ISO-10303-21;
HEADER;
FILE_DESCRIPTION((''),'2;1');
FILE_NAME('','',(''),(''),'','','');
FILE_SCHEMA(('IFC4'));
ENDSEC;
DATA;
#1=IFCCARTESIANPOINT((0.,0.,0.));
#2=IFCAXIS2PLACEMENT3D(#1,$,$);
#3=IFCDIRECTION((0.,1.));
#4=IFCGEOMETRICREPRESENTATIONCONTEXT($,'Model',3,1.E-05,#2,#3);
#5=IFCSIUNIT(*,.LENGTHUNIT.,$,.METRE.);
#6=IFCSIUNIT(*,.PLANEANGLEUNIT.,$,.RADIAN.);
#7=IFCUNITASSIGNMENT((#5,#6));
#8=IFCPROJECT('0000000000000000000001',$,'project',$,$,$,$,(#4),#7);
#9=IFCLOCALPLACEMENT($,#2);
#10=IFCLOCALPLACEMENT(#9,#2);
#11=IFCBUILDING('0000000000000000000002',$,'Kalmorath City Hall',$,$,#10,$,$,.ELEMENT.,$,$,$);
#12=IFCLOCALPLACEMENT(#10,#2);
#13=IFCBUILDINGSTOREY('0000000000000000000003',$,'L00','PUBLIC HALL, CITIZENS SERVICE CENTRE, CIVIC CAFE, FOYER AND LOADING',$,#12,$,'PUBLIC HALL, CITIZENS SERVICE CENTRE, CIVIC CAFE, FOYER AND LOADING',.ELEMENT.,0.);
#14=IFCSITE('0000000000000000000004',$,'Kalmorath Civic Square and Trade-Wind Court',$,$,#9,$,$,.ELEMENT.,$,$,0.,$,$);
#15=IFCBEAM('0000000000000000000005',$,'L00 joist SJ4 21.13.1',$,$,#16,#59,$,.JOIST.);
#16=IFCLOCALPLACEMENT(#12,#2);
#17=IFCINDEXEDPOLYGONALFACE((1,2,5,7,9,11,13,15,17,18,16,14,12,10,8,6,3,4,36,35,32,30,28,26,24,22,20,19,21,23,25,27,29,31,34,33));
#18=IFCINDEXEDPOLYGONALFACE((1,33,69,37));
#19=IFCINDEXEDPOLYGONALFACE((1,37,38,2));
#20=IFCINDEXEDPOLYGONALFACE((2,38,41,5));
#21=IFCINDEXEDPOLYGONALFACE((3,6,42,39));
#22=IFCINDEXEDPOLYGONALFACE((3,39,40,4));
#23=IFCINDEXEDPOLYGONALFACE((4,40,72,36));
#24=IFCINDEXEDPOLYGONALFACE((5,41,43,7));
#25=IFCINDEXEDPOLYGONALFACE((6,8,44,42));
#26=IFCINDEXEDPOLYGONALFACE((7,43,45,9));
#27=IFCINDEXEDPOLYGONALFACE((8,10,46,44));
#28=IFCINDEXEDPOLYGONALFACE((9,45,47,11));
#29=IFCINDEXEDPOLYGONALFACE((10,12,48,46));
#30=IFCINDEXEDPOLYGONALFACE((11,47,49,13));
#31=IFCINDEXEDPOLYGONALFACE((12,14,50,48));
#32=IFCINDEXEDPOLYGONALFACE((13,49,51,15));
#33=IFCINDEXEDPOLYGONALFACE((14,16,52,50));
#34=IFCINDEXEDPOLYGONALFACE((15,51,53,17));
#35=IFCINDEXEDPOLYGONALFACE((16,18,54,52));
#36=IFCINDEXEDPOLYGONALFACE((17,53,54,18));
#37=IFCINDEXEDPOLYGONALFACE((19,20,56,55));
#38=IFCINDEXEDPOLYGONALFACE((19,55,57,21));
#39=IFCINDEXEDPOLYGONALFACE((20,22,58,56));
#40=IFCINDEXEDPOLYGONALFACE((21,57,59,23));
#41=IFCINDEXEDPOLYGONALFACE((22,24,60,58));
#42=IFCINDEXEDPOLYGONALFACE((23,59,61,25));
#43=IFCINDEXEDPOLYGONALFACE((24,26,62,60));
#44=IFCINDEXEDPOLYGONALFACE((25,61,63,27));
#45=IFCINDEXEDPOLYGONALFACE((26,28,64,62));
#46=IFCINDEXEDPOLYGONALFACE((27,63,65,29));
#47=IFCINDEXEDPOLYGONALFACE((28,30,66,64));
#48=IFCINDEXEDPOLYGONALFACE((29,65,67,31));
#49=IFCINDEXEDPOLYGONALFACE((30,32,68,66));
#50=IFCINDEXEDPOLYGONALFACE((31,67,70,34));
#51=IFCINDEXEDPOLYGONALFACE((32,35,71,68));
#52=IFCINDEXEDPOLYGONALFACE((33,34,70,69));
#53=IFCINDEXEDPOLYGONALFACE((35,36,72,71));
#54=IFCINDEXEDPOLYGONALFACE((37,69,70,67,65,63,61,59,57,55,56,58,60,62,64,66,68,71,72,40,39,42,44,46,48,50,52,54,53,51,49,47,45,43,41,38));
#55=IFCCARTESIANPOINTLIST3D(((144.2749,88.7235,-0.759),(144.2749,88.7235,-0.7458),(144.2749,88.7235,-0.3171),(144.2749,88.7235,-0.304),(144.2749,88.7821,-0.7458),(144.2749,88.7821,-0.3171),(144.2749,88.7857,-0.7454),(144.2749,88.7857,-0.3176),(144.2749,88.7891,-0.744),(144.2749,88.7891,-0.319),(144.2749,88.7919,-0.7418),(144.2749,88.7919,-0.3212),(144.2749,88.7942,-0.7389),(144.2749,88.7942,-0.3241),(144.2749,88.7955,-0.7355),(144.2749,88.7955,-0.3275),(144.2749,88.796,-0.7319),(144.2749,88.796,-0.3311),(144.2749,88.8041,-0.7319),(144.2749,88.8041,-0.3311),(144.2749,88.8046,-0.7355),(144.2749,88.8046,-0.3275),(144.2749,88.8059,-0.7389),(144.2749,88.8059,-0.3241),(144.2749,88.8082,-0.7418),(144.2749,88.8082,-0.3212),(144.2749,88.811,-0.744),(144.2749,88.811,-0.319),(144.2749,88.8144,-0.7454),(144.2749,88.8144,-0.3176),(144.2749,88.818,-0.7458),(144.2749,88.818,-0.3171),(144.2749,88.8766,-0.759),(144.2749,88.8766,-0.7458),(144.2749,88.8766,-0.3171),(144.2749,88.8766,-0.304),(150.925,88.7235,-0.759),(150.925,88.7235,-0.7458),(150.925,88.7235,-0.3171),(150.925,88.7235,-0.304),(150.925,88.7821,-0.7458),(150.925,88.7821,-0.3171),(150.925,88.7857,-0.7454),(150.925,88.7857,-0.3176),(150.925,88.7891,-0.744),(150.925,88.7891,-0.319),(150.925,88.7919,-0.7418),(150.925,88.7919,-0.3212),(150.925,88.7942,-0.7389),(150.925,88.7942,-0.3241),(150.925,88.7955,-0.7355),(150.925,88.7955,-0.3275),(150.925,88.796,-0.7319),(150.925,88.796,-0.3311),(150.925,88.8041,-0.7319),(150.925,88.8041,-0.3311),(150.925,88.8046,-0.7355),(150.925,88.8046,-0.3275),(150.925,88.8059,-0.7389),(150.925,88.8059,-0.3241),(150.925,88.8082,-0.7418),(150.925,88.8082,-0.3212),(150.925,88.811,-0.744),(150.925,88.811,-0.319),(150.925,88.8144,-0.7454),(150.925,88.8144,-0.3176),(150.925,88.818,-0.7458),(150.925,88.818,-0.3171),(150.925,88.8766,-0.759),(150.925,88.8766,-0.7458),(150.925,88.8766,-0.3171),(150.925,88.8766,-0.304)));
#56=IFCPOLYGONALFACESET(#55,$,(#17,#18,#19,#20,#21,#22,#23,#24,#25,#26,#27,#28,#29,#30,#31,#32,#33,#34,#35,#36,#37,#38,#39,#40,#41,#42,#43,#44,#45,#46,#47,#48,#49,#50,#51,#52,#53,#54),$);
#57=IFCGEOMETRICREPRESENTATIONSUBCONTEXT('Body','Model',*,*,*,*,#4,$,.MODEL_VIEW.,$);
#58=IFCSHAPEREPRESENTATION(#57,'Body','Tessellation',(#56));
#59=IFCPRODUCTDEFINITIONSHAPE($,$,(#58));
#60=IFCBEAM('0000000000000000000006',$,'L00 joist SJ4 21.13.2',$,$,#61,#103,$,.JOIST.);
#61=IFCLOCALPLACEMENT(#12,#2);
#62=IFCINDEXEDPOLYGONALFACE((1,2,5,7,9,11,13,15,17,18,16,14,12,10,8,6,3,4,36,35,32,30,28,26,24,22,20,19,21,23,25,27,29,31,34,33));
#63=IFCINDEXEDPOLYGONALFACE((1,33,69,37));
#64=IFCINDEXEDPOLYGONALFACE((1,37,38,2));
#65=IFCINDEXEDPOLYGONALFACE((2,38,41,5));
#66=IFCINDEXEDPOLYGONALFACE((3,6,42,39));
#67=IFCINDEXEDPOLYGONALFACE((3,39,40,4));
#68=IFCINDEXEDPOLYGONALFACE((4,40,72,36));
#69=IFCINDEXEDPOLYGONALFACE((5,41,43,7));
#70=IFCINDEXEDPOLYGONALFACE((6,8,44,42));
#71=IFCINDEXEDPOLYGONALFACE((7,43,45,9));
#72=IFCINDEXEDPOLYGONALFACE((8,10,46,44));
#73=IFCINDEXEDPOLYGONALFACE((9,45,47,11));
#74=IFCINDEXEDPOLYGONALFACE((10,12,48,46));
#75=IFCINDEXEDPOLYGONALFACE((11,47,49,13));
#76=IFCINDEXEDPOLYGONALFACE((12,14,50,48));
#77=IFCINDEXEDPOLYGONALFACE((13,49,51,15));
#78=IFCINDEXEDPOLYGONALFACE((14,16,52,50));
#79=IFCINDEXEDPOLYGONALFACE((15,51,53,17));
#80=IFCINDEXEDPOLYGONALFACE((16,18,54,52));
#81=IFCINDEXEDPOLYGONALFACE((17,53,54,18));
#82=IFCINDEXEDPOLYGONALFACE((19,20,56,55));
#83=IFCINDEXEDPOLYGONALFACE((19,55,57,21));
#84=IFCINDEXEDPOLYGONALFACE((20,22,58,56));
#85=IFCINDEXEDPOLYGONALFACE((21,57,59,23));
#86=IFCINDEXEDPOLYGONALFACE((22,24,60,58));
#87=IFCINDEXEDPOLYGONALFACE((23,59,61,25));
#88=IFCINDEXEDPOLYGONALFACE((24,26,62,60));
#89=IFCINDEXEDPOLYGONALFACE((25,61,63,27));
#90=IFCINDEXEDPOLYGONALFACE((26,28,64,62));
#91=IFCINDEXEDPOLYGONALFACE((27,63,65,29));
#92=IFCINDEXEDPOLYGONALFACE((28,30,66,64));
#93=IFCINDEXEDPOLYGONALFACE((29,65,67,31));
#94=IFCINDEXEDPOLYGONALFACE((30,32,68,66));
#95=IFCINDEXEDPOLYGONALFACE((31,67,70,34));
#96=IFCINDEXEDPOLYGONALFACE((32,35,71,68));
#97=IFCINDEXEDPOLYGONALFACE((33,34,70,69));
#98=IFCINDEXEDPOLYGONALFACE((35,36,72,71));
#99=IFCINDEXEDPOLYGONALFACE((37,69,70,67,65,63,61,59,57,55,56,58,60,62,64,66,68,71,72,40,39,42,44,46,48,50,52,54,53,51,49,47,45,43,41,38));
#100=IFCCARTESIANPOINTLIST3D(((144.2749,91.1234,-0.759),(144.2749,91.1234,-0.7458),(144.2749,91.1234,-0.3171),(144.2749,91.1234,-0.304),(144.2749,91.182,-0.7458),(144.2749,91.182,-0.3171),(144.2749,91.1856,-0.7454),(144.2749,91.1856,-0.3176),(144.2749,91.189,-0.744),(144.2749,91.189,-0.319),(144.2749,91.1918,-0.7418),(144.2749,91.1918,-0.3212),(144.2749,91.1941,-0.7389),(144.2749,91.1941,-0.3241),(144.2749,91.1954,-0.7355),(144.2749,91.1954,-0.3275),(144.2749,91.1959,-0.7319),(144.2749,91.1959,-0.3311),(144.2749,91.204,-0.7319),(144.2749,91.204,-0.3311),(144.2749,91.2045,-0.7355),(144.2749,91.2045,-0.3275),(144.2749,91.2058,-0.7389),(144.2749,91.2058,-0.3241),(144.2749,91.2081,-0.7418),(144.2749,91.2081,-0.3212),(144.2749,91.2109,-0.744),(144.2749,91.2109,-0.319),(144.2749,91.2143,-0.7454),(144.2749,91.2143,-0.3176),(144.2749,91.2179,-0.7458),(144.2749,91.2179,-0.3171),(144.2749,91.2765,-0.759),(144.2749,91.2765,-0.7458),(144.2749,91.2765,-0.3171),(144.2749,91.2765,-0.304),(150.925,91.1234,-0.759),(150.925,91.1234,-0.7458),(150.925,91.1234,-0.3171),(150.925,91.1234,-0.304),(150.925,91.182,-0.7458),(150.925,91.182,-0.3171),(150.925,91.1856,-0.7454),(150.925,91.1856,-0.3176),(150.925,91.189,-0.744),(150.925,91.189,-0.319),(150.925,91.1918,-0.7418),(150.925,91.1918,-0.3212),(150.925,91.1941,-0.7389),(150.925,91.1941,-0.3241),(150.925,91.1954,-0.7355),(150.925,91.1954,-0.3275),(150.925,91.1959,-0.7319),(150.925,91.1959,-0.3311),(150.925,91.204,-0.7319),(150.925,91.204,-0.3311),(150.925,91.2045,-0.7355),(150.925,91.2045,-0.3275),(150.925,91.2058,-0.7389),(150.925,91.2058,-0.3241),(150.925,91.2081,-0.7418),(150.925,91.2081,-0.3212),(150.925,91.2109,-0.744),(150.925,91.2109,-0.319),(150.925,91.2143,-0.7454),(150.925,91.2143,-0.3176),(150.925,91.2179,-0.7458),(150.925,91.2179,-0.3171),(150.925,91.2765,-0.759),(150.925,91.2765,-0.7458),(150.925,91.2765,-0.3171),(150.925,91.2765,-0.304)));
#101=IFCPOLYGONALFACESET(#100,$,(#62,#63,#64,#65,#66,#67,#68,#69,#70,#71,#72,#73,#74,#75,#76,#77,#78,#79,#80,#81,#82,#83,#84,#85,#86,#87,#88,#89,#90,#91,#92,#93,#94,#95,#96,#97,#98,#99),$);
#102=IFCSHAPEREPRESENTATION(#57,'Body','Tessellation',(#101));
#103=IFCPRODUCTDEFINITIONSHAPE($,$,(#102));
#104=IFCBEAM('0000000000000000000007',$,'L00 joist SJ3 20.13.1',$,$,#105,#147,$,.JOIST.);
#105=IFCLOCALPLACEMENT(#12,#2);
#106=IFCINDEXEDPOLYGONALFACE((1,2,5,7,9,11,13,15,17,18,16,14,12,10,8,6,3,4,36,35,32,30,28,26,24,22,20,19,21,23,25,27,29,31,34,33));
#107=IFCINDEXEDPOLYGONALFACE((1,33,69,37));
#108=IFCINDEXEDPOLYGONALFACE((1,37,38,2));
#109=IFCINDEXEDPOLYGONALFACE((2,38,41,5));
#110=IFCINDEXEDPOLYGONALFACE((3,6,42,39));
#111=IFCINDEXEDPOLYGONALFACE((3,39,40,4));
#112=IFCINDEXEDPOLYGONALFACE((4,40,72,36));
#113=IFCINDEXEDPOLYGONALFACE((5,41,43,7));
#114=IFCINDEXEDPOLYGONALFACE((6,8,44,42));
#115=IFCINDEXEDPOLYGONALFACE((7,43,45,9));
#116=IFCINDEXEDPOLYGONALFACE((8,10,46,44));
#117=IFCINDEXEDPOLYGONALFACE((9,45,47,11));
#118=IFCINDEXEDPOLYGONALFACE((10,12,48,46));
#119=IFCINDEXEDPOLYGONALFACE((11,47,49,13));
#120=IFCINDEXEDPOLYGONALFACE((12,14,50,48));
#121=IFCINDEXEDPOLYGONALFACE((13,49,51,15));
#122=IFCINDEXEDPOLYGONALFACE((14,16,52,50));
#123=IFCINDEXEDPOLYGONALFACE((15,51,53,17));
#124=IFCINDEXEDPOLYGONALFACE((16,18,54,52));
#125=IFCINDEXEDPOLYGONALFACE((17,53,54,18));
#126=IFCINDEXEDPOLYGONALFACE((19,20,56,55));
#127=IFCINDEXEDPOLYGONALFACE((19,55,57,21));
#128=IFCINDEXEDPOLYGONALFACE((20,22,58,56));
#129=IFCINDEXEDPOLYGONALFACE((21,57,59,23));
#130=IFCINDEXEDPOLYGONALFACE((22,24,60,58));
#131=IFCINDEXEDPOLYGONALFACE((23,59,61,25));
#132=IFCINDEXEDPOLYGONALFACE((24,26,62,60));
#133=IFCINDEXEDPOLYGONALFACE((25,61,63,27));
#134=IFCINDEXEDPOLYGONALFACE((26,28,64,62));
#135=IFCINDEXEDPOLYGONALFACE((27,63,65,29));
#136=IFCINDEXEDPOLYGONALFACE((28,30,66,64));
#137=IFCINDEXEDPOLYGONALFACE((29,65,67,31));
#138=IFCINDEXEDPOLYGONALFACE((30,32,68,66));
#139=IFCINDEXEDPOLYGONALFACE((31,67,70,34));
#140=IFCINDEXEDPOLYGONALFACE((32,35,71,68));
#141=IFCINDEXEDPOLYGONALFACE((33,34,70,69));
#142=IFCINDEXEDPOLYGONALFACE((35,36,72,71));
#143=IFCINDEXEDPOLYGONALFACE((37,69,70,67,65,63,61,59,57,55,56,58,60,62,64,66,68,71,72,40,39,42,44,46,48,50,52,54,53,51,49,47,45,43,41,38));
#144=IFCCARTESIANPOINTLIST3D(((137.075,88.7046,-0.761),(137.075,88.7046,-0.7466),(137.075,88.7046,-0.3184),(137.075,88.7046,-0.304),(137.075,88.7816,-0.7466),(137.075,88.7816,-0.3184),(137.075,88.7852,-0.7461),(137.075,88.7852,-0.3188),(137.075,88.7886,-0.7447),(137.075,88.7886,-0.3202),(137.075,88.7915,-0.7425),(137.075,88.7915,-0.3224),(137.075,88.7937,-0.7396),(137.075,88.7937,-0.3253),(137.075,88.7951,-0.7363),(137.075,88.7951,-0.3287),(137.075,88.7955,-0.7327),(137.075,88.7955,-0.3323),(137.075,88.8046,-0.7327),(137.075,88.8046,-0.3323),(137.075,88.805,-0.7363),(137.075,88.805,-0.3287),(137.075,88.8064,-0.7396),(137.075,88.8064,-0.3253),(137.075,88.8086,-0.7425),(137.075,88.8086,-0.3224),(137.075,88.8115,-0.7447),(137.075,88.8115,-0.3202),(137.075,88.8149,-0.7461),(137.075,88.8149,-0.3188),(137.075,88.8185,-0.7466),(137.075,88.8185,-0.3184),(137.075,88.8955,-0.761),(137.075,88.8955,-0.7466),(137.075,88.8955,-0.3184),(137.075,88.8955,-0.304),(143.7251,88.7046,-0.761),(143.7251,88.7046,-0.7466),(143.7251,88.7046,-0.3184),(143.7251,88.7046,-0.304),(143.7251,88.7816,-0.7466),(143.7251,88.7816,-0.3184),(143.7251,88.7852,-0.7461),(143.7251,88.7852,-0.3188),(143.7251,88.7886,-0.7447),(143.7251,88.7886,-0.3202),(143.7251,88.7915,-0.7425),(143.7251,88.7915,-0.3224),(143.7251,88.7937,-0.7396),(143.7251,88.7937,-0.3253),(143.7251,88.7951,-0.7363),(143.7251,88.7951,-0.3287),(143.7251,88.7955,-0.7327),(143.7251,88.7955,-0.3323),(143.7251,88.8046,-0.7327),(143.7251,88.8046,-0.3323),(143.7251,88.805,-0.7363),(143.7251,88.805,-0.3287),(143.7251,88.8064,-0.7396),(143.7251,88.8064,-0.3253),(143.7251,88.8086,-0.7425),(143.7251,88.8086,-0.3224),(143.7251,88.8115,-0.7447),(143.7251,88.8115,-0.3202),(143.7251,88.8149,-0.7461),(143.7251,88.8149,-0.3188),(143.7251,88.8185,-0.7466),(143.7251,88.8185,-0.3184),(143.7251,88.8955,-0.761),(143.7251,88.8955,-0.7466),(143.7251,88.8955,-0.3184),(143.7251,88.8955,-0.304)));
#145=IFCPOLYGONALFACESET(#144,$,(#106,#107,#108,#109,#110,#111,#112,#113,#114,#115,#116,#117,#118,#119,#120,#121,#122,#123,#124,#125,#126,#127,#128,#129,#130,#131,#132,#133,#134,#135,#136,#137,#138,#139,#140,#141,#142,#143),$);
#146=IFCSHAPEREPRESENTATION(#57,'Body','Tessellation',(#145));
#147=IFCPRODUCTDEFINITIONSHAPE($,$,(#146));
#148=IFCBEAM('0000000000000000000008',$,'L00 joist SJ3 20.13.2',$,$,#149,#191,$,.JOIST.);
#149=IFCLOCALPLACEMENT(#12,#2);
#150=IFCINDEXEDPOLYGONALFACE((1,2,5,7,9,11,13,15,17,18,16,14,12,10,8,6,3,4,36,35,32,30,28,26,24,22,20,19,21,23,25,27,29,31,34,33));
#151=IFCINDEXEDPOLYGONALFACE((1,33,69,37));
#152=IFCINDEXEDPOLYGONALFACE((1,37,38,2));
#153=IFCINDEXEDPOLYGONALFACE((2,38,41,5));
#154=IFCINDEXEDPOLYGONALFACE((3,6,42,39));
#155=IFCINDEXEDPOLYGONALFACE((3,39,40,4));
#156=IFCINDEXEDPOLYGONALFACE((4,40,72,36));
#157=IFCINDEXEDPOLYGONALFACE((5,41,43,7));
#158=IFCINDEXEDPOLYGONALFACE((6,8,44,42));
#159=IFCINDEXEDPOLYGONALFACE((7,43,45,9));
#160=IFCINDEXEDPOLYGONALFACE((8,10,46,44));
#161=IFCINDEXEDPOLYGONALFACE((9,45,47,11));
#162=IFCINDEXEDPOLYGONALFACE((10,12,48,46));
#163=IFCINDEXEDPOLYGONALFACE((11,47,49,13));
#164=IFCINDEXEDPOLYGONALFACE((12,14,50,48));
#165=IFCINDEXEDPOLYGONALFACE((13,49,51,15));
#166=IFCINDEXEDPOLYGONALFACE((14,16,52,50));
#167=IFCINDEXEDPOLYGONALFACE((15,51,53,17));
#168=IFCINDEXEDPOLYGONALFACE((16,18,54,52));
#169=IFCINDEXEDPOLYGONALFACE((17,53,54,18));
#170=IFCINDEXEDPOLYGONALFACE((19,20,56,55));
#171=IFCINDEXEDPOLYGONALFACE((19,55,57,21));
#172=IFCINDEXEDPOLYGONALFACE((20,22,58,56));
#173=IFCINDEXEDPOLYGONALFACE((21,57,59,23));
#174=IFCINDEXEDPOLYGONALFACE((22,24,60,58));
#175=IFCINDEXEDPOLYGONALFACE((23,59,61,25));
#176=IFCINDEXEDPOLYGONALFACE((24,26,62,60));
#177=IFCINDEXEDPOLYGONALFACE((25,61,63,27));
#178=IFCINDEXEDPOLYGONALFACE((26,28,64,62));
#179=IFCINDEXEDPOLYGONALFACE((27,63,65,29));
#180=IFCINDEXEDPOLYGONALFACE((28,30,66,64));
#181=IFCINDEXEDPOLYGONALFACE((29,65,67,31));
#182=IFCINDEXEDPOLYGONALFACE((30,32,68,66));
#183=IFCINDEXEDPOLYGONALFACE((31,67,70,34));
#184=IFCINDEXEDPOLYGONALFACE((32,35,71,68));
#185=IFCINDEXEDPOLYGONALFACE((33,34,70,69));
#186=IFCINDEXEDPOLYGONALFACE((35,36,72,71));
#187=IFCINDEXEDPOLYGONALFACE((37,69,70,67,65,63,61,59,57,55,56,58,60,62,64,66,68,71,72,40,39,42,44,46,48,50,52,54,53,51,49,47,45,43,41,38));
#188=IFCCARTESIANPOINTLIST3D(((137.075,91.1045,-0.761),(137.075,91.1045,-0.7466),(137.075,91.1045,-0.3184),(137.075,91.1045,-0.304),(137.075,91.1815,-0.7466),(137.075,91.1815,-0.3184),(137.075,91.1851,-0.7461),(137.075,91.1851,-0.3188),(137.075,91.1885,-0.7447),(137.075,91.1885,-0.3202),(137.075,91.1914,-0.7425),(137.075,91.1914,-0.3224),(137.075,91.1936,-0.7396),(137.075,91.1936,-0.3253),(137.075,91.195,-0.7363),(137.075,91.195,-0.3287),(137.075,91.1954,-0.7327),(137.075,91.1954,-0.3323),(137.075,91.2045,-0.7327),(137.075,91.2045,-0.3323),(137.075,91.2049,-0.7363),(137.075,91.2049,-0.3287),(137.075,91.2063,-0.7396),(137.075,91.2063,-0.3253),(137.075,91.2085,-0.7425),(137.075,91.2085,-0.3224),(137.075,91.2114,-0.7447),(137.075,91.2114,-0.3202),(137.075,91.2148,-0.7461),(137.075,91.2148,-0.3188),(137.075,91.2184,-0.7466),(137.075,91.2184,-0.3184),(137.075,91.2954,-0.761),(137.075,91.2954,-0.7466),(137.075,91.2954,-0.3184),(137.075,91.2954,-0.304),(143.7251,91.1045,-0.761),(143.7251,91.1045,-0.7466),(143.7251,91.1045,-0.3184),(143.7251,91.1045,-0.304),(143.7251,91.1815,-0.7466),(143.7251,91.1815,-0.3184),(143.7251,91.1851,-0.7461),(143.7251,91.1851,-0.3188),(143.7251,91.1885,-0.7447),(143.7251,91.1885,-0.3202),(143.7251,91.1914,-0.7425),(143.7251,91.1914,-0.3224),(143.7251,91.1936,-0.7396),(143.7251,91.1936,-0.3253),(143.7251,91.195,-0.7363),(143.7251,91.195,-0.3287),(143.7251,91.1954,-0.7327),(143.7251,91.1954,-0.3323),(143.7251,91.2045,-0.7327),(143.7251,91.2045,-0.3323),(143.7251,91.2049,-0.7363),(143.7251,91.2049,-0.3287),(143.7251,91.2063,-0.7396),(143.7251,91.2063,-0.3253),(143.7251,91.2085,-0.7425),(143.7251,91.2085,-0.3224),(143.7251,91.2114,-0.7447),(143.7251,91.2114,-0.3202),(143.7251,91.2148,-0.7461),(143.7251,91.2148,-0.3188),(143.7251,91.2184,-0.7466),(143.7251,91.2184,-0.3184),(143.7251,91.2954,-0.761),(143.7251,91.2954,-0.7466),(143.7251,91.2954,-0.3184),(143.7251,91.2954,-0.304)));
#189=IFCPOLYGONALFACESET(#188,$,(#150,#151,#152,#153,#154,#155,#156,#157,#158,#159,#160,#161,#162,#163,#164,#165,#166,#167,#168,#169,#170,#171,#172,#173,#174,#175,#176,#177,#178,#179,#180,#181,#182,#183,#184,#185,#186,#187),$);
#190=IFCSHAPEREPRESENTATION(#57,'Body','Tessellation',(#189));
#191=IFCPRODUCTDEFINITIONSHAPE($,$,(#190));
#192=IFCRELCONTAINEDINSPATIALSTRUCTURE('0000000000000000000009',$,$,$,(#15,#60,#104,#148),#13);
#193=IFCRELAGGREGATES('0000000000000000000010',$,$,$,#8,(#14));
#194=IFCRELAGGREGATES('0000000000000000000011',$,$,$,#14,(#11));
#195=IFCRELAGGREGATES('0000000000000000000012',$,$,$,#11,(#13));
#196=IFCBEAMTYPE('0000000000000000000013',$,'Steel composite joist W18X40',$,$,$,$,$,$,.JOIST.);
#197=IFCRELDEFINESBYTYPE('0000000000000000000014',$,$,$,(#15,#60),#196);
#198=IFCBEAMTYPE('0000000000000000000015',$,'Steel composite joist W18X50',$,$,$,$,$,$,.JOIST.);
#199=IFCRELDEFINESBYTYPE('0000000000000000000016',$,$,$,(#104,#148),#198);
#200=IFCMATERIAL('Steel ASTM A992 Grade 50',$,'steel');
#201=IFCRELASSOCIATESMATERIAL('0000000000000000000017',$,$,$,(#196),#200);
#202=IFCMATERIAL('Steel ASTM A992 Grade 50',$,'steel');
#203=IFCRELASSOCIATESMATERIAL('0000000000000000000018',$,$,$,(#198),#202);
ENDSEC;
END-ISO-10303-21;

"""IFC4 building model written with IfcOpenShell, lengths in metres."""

from ifc_helpers import new_model, si_unit, direction, frame, origin, origin_2d, place, context, subcontext, project, spatial, i_section, extrude, material, material_profile, profile_set, type_object, element, save


model = new_model("IFC4")

# Units and contexts
model_context = context("Model", 3, precision=1e-05, world=origin(), true_north=direction((0.0, 1.0)))
body_context = subcontext(model_context, "Body", "Model", "MODEL_VIEW")
ifc_project = project(units=[si_unit("LENGTHUNIT", "METRE"), si_unit("PLANEANGLEUNIT", "RADIAN")], contexts=[model_context])

# Site, building, storey
site_placement = place(None, origin())
site = spatial("IfcSite", under=ifc_project, at=site_placement, Name="Kalmorath Civic Square and Trade-Wind Court", CompositionType="ELEMENT", RefElevation=0.0)
building_placement = place(site_placement, origin())
building = spatial("IfcBuilding", under=site, at=building_placement, Name="Kalmorath City Hall", CompositionType="ELEMENT")
storey_placement = place(building_placement, origin())
storey = spatial("IfcBuildingStorey", under=building, at=storey_placement, Name="L00", Description="PUBLIC HALL, CITIZENS SERVICE CENTRE, CIVIC CAFE, FOYER AND LOADING", LongName="PUBLIC HALL, CITIZENS SERVICE CENTRE, CIVIC CAFE, FOYER AND LOADING", CompositionType="ELEMENT", Elevation=0.0)

# Beams
ifc_material_1 = material(Name="Steel ASTM A992 Grade 50", Category="steel")
ifc_material_profile_1 = material_profile(ifc_material_1, i_section(OverallWidth=0.1531, OverallDepth=0.4551, WebThickness=0.0081, FlangeThickness=0.0132, FilletRadius=0.0139, at=origin_2d()), Name="W18X40")
ifc_profile_set_1 = profile_set([ifc_material_profile_1], Name="Steel ASTM A992 Grade 50")
beam_type_1 = type_object("IfcBeamType", Name="Steel composite joist W18X40", PredefinedType="JOIST", material=ifc_profile_set_1)
for number, where, z_axis, x_axis, name in (
    (1, (144.2749, 88.8, -0.5315), (1.0, 0.0, 0.0), (0.0, 1.0, 0.0), "L00 joist SJ4 21.13.1"),
    (2, (144.2749, 91.2, -0.5315), (1.0, 0.0, 0.0), (0.0, 1.0, 0.0), "L00 joist SJ4 21.13.2"),
):
    element("IfcBeam", number, at=place(storey_placement, frame(where, z_axis=z_axis, x_axis=x_axis)), inside=storey, type_object=beam_type_1, Name=name, PredefinedType="JOIST", context=body_context, shape_type="SweptSolid", body=[
        extrude(i_section(OverallWidth=0.1531, OverallDepth=0.4551, WebThickness=0.0081, FlangeThickness=0.0132, FilletRadius=0.0139, at=origin_2d()), origin(), (0.0, 0.0, 1.0), 6.6501),
    ])
ifc_material_2 = material(Name="Steel ASTM A992 Grade 50", Category="steel")
ifc_material_profile_2 = material_profile(ifc_material_2, i_section(OverallWidth=0.1909, OverallDepth=0.457, WebThickness=0.009, FlangeThickness=0.0144, FilletRadius=0.0139, at=origin_2d()), Name="W18X50")
ifc_profile_set_2 = profile_set([ifc_material_profile_2], Name="Steel ASTM A992 Grade 50")
beam_type_2 = type_object("IfcBeamType", Name="Steel composite joist W18X50", PredefinedType="JOIST", material=ifc_profile_set_2)
for number, where, z_axis, x_axis, name in (
    (3, (137.075, 88.8, -0.5325), (1.0, 0.0, 0.0), (0.0, 1.0, 0.0), "L00 joist SJ3 20.13.1"),
    (4, (137.075, 91.2, -0.5325), (1.0, 0.0, 0.0), (0.0, 1.0, 0.0), "L00 joist SJ3 20.13.2"),
):
    element("IfcBeam", number, at=place(storey_placement, frame(where, z_axis=z_axis, x_axis=x_axis)), inside=storey, type_object=beam_type_2, Name=name, PredefinedType="JOIST", context=body_context, shape_type="SweptSolid", body=[
        extrude(i_section(OverallWidth=0.1909, OverallDepth=0.457, WebThickness=0.009, FlangeThickness=0.0144, FilletRadius=0.0139, at=origin_2d()), origin(), (0.0, 0.0, 1.0), 6.6501),
    ])

save(model, "model.ifc")
